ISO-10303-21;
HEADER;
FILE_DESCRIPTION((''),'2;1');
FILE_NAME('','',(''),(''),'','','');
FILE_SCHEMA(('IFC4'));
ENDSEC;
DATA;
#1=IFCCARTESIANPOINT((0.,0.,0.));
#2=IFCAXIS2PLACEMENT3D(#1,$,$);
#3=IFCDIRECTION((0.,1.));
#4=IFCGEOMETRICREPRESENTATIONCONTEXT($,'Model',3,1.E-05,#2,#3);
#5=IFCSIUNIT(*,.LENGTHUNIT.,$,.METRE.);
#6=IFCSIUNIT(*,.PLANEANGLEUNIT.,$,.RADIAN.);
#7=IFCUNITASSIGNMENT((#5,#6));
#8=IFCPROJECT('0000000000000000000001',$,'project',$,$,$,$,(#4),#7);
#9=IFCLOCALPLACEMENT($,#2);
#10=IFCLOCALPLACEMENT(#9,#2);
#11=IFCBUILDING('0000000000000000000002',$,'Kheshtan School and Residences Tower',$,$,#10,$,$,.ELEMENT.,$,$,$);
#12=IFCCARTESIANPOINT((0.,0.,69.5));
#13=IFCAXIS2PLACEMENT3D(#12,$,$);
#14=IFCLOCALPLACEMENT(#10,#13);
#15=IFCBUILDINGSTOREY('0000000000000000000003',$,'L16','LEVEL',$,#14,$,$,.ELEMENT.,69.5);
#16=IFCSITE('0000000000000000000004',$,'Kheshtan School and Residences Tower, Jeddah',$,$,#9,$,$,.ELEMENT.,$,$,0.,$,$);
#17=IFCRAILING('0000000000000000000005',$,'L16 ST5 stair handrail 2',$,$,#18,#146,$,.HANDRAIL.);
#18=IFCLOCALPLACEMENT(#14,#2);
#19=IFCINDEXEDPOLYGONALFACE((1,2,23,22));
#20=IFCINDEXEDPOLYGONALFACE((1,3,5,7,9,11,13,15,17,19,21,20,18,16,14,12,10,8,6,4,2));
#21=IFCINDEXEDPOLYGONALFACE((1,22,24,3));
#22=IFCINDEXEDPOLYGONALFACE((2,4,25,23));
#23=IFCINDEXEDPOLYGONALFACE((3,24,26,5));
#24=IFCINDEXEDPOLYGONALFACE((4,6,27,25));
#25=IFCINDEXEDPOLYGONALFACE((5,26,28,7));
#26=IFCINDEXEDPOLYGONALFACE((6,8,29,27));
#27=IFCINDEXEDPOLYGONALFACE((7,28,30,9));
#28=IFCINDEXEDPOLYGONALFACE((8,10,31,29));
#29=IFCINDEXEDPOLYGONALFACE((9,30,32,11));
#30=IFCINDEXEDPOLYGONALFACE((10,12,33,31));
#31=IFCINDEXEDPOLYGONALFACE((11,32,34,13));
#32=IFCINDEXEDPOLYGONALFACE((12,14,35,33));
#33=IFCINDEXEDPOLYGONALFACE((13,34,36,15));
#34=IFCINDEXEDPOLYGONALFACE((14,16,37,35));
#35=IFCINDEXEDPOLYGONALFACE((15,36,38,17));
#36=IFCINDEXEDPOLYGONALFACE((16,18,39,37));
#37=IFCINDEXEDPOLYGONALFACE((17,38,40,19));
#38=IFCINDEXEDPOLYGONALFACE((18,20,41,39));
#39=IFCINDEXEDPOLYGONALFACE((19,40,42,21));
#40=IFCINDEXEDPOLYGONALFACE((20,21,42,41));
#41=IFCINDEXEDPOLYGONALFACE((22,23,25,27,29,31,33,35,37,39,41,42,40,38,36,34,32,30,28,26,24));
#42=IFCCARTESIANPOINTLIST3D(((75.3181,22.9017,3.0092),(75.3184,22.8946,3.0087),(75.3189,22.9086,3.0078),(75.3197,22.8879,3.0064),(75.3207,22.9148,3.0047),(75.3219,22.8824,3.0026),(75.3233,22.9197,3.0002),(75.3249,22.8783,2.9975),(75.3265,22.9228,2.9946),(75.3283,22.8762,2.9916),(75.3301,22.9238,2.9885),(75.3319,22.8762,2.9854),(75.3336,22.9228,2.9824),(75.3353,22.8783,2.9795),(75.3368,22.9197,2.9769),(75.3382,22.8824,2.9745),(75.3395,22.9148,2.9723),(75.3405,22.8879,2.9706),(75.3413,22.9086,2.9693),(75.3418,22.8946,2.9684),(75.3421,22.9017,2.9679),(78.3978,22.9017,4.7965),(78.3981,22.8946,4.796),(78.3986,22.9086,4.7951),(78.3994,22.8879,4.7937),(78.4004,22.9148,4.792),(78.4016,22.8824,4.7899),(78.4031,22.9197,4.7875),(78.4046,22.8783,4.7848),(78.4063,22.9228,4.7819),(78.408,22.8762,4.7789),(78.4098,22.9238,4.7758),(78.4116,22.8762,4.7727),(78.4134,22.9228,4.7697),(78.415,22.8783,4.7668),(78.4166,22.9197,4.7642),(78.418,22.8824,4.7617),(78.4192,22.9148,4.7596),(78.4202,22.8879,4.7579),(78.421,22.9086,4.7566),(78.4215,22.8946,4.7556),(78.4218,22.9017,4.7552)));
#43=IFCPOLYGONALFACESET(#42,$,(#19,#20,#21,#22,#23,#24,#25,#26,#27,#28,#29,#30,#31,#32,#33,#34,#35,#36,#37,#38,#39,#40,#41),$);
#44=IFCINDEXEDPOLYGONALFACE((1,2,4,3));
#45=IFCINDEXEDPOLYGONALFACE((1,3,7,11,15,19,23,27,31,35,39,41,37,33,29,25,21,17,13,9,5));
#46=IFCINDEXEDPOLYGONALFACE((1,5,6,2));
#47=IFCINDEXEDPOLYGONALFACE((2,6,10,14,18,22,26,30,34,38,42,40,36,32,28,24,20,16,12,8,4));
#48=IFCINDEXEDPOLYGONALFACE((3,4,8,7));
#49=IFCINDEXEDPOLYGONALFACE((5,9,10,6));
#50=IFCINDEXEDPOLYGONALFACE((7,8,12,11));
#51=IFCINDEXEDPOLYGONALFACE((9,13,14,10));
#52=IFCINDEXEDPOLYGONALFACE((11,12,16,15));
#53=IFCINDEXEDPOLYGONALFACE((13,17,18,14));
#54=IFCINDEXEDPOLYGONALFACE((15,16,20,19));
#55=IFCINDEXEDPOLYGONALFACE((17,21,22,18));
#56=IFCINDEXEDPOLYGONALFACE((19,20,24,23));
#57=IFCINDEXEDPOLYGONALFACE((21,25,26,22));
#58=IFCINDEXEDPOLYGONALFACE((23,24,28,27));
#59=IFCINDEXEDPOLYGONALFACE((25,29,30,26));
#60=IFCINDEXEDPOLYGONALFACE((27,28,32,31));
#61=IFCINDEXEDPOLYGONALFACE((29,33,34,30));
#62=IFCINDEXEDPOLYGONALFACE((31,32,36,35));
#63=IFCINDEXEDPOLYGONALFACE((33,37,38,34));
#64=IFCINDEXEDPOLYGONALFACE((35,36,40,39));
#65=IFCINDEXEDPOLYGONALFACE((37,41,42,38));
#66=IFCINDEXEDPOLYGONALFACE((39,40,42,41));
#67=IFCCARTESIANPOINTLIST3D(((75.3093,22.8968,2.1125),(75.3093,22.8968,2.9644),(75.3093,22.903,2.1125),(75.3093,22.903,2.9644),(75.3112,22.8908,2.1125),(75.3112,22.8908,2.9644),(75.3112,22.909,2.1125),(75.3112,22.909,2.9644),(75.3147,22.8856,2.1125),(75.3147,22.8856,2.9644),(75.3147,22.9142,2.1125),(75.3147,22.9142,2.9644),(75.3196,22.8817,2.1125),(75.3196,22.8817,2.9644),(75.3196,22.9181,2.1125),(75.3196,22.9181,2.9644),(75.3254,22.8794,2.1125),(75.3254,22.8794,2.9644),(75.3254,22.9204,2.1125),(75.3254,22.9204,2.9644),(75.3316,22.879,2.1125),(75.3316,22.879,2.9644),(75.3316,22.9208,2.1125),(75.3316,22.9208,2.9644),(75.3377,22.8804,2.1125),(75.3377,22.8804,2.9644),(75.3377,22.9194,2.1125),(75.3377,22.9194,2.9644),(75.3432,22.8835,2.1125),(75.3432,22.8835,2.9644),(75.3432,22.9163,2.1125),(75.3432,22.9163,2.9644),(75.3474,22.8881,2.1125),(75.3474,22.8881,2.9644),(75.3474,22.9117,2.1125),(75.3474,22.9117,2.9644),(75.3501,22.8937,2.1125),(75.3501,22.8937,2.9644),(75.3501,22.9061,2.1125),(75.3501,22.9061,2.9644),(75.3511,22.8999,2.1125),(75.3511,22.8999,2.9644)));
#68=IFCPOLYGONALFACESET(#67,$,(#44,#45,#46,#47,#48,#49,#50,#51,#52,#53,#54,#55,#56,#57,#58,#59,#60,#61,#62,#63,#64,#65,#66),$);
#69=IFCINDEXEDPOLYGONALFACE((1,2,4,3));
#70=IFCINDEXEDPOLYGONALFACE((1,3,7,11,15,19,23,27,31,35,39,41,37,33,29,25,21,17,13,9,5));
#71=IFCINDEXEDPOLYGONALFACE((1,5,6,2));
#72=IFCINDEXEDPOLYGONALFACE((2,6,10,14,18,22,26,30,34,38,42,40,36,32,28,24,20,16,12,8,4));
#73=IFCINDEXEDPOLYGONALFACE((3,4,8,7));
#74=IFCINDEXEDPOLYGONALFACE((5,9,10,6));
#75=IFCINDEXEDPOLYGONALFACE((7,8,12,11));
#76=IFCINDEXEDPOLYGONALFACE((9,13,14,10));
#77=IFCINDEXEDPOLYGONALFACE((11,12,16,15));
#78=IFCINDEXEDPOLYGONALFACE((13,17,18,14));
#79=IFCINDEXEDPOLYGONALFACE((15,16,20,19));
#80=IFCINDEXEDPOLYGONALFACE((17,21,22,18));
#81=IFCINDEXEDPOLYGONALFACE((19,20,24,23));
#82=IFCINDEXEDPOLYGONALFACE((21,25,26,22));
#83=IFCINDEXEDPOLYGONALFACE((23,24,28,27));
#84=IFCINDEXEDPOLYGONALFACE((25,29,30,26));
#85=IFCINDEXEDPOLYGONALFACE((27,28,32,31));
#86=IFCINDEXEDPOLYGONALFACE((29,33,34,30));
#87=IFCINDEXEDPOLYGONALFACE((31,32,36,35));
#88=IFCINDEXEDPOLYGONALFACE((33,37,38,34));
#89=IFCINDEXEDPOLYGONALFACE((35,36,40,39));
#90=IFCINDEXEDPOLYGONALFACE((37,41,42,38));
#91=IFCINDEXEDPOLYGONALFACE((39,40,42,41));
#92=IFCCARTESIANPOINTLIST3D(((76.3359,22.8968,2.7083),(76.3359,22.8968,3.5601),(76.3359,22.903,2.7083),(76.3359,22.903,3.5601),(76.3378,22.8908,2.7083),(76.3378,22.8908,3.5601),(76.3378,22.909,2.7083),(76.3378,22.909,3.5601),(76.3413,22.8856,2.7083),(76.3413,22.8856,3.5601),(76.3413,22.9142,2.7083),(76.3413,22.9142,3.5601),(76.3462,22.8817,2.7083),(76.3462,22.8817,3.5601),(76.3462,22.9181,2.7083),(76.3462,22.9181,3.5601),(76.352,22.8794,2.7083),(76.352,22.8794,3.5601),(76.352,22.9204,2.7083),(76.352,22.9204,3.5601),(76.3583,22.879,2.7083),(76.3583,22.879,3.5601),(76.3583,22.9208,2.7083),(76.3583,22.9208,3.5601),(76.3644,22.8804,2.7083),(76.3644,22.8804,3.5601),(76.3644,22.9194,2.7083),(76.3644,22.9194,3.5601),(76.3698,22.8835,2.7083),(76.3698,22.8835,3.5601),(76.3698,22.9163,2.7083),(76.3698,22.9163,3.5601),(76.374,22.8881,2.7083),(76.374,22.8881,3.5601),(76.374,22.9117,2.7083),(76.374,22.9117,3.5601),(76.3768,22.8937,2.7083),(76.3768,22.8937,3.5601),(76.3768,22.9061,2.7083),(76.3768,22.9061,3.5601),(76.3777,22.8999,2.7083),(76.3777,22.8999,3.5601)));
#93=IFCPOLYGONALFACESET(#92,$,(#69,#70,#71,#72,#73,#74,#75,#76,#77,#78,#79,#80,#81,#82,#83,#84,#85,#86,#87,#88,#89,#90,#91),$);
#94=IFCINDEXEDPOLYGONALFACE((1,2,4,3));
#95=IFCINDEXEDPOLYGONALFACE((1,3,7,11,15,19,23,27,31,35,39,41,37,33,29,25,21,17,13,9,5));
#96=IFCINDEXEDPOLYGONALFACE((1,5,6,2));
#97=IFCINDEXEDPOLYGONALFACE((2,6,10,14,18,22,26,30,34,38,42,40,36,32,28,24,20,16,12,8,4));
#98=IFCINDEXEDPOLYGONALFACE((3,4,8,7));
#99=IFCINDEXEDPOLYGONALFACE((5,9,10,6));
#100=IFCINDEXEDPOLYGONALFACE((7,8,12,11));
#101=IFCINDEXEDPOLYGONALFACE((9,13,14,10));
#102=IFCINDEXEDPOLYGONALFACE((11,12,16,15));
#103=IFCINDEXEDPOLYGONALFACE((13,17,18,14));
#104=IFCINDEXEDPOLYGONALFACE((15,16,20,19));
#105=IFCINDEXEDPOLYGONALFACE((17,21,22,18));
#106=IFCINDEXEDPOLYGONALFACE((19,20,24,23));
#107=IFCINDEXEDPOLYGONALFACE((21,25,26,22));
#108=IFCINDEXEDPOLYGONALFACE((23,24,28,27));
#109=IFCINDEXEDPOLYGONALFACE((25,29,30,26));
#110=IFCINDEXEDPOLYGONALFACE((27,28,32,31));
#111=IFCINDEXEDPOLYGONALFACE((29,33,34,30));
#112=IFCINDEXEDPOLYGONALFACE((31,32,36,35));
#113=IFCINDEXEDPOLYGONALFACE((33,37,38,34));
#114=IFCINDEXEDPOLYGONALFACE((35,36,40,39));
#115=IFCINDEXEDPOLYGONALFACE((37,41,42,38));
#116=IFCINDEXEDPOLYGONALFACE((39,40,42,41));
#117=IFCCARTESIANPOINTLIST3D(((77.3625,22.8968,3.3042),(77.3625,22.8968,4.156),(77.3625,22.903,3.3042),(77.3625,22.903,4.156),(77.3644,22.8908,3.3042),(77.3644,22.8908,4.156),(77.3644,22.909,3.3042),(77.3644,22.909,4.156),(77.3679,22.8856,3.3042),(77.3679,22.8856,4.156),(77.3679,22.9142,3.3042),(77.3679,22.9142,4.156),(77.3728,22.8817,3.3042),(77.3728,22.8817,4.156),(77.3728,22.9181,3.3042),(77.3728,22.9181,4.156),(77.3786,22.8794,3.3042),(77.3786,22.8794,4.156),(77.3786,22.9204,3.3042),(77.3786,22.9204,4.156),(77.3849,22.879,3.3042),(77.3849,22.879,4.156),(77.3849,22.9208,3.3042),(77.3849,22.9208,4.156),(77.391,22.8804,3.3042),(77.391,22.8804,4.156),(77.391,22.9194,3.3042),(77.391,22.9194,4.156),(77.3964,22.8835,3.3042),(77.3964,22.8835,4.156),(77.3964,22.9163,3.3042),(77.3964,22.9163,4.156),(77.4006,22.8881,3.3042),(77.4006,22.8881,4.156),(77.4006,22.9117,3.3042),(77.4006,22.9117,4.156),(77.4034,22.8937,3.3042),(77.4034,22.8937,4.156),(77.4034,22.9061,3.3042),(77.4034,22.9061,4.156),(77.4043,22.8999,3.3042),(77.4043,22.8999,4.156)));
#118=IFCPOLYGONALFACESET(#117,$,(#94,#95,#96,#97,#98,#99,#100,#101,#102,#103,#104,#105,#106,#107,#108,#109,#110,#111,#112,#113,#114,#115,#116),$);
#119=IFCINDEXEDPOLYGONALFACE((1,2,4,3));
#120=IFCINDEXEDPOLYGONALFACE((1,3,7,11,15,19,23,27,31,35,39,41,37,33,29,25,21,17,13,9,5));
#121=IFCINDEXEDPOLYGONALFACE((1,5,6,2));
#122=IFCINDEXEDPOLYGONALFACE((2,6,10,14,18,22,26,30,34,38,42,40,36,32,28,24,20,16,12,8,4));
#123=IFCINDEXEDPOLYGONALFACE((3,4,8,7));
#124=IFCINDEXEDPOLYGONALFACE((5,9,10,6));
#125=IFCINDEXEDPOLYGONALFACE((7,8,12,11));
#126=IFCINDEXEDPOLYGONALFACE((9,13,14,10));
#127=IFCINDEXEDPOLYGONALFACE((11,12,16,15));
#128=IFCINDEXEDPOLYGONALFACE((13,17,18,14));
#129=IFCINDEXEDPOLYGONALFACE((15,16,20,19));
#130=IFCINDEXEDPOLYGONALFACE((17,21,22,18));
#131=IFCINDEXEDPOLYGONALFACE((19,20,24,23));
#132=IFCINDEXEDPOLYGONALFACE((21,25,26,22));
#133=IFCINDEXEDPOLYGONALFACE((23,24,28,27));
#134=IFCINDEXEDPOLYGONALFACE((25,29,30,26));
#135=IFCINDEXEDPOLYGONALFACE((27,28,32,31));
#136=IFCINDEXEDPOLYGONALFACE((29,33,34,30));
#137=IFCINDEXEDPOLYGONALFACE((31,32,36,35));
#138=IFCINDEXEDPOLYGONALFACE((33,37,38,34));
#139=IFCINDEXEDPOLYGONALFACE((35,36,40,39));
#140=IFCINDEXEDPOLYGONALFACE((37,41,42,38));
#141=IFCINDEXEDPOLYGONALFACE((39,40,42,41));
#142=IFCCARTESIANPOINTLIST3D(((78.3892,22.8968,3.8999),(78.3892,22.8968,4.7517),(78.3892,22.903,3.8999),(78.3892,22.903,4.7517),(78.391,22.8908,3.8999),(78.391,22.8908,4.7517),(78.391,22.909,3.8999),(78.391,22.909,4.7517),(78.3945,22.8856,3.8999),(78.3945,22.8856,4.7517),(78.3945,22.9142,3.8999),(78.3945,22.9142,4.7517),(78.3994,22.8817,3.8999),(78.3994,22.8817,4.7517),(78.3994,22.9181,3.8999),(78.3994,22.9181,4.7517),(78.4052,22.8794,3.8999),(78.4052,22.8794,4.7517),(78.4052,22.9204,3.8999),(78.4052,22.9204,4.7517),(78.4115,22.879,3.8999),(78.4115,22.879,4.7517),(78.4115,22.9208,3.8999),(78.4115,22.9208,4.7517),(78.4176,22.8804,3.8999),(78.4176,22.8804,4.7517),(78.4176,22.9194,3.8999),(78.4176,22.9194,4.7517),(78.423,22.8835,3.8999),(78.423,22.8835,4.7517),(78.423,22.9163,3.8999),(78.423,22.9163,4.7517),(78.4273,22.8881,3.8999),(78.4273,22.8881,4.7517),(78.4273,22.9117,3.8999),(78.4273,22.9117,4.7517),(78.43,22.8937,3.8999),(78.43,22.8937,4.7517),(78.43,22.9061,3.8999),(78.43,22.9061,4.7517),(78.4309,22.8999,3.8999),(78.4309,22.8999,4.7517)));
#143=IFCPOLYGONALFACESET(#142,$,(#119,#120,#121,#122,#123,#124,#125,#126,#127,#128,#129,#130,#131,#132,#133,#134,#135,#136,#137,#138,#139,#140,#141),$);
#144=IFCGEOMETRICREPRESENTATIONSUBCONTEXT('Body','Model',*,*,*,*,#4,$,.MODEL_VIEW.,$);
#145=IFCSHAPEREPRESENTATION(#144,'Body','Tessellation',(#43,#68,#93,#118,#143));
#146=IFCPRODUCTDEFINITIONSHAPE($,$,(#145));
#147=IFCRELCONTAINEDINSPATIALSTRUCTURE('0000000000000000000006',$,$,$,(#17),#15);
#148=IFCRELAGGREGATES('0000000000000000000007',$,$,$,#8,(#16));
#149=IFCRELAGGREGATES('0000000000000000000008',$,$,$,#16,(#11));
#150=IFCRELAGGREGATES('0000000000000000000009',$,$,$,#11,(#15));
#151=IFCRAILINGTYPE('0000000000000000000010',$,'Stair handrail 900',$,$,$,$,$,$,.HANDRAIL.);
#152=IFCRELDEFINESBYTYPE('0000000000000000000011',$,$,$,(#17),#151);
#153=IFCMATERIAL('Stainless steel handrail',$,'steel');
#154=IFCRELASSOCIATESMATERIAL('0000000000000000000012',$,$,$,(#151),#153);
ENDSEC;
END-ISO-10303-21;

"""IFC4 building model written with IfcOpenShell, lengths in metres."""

from ifc_helpers import new_model, si_unit, direction, frame, origin, origin_2d, place, context, subcontext, project, spatial, circle, extrude, material, type_object, element, save


model = new_model("IFC4")

# Units and contexts
model_context = context("Model", 3, precision=1e-05, world=origin(), true_north=direction((0.0, 1.0)))
body_context = subcontext(model_context, "Body", "Model", "MODEL_VIEW")
ifc_project = project(units=[si_unit("LENGTHUNIT", "METRE"), si_unit("PLANEANGLEUNIT", "RADIAN")], contexts=[model_context])

# Site, building, storey
site_placement = place(None, origin())
site = spatial("IfcSite", under=ifc_project, at=site_placement, Name="Kheshtan School and Residences Tower, Jeddah", CompositionType="ELEMENT", RefElevation=0.0)
building_placement = place(site_placement, origin())
building = spatial("IfcBuilding", under=site, at=building_placement, Name="Kheshtan School and Residences Tower", CompositionType="ELEMENT")
storey_placement = place(building_placement, frame((0.0, 0.0, 69.5)))
storey = spatial("IfcBuildingStorey", under=building, at=storey_placement, Name="L16", Description="LEVEL", CompositionType="ELEMENT", Elevation=69.5)

# Railing
ifc_material_1 = material(Name="Stainless steel handrail", Category="steel")
railing_type = type_object("IfcRailingType", Name="Stair handrail 900", PredefinedType="HANDRAIL", material=ifc_material_1)
railing_placement = place(storey_placement, frame((75.3301, 22.8999, 2.1125)))
element("IfcRailing", 1, at=railing_placement, inside=storey, type_object=railing_type, Name="L16 ST5 stair handrail 2", PredefinedType="HANDRAIL", context=body_context, shape_type="SweptSolid", body=[
    extrude(circle(Radius=0.0239, at=origin_2d()), frame((0.0, 0.0, 0.876), z_axis=(0.864903, 0.0, 0.501939), x_axis=(0.0, 1.0, 0.0)), (0.0, 0.0, 1.0), 3.5608),
    extrude(circle(Radius=0.021, at=origin_2d()), origin(), (0.0, 0.0, 1.0), 0.8518),
    extrude(circle(Radius=0.021, at=origin_2d()), frame((1.0266, 0.0, 0.5957)), (0.0, 0.0, 1.0), 0.8518),
    extrude(circle(Radius=0.021, at=origin_2d()), frame((2.0532, 0.0, 1.1917)), (0.0, 0.0, 1.0), 0.8518),
    extrude(circle(Radius=0.021, at=origin_2d()), frame((3.0798, 0.0, 1.7874)), (0.0, 0.0, 1.0), 0.8518),
])

save(model, "model.ifc")
